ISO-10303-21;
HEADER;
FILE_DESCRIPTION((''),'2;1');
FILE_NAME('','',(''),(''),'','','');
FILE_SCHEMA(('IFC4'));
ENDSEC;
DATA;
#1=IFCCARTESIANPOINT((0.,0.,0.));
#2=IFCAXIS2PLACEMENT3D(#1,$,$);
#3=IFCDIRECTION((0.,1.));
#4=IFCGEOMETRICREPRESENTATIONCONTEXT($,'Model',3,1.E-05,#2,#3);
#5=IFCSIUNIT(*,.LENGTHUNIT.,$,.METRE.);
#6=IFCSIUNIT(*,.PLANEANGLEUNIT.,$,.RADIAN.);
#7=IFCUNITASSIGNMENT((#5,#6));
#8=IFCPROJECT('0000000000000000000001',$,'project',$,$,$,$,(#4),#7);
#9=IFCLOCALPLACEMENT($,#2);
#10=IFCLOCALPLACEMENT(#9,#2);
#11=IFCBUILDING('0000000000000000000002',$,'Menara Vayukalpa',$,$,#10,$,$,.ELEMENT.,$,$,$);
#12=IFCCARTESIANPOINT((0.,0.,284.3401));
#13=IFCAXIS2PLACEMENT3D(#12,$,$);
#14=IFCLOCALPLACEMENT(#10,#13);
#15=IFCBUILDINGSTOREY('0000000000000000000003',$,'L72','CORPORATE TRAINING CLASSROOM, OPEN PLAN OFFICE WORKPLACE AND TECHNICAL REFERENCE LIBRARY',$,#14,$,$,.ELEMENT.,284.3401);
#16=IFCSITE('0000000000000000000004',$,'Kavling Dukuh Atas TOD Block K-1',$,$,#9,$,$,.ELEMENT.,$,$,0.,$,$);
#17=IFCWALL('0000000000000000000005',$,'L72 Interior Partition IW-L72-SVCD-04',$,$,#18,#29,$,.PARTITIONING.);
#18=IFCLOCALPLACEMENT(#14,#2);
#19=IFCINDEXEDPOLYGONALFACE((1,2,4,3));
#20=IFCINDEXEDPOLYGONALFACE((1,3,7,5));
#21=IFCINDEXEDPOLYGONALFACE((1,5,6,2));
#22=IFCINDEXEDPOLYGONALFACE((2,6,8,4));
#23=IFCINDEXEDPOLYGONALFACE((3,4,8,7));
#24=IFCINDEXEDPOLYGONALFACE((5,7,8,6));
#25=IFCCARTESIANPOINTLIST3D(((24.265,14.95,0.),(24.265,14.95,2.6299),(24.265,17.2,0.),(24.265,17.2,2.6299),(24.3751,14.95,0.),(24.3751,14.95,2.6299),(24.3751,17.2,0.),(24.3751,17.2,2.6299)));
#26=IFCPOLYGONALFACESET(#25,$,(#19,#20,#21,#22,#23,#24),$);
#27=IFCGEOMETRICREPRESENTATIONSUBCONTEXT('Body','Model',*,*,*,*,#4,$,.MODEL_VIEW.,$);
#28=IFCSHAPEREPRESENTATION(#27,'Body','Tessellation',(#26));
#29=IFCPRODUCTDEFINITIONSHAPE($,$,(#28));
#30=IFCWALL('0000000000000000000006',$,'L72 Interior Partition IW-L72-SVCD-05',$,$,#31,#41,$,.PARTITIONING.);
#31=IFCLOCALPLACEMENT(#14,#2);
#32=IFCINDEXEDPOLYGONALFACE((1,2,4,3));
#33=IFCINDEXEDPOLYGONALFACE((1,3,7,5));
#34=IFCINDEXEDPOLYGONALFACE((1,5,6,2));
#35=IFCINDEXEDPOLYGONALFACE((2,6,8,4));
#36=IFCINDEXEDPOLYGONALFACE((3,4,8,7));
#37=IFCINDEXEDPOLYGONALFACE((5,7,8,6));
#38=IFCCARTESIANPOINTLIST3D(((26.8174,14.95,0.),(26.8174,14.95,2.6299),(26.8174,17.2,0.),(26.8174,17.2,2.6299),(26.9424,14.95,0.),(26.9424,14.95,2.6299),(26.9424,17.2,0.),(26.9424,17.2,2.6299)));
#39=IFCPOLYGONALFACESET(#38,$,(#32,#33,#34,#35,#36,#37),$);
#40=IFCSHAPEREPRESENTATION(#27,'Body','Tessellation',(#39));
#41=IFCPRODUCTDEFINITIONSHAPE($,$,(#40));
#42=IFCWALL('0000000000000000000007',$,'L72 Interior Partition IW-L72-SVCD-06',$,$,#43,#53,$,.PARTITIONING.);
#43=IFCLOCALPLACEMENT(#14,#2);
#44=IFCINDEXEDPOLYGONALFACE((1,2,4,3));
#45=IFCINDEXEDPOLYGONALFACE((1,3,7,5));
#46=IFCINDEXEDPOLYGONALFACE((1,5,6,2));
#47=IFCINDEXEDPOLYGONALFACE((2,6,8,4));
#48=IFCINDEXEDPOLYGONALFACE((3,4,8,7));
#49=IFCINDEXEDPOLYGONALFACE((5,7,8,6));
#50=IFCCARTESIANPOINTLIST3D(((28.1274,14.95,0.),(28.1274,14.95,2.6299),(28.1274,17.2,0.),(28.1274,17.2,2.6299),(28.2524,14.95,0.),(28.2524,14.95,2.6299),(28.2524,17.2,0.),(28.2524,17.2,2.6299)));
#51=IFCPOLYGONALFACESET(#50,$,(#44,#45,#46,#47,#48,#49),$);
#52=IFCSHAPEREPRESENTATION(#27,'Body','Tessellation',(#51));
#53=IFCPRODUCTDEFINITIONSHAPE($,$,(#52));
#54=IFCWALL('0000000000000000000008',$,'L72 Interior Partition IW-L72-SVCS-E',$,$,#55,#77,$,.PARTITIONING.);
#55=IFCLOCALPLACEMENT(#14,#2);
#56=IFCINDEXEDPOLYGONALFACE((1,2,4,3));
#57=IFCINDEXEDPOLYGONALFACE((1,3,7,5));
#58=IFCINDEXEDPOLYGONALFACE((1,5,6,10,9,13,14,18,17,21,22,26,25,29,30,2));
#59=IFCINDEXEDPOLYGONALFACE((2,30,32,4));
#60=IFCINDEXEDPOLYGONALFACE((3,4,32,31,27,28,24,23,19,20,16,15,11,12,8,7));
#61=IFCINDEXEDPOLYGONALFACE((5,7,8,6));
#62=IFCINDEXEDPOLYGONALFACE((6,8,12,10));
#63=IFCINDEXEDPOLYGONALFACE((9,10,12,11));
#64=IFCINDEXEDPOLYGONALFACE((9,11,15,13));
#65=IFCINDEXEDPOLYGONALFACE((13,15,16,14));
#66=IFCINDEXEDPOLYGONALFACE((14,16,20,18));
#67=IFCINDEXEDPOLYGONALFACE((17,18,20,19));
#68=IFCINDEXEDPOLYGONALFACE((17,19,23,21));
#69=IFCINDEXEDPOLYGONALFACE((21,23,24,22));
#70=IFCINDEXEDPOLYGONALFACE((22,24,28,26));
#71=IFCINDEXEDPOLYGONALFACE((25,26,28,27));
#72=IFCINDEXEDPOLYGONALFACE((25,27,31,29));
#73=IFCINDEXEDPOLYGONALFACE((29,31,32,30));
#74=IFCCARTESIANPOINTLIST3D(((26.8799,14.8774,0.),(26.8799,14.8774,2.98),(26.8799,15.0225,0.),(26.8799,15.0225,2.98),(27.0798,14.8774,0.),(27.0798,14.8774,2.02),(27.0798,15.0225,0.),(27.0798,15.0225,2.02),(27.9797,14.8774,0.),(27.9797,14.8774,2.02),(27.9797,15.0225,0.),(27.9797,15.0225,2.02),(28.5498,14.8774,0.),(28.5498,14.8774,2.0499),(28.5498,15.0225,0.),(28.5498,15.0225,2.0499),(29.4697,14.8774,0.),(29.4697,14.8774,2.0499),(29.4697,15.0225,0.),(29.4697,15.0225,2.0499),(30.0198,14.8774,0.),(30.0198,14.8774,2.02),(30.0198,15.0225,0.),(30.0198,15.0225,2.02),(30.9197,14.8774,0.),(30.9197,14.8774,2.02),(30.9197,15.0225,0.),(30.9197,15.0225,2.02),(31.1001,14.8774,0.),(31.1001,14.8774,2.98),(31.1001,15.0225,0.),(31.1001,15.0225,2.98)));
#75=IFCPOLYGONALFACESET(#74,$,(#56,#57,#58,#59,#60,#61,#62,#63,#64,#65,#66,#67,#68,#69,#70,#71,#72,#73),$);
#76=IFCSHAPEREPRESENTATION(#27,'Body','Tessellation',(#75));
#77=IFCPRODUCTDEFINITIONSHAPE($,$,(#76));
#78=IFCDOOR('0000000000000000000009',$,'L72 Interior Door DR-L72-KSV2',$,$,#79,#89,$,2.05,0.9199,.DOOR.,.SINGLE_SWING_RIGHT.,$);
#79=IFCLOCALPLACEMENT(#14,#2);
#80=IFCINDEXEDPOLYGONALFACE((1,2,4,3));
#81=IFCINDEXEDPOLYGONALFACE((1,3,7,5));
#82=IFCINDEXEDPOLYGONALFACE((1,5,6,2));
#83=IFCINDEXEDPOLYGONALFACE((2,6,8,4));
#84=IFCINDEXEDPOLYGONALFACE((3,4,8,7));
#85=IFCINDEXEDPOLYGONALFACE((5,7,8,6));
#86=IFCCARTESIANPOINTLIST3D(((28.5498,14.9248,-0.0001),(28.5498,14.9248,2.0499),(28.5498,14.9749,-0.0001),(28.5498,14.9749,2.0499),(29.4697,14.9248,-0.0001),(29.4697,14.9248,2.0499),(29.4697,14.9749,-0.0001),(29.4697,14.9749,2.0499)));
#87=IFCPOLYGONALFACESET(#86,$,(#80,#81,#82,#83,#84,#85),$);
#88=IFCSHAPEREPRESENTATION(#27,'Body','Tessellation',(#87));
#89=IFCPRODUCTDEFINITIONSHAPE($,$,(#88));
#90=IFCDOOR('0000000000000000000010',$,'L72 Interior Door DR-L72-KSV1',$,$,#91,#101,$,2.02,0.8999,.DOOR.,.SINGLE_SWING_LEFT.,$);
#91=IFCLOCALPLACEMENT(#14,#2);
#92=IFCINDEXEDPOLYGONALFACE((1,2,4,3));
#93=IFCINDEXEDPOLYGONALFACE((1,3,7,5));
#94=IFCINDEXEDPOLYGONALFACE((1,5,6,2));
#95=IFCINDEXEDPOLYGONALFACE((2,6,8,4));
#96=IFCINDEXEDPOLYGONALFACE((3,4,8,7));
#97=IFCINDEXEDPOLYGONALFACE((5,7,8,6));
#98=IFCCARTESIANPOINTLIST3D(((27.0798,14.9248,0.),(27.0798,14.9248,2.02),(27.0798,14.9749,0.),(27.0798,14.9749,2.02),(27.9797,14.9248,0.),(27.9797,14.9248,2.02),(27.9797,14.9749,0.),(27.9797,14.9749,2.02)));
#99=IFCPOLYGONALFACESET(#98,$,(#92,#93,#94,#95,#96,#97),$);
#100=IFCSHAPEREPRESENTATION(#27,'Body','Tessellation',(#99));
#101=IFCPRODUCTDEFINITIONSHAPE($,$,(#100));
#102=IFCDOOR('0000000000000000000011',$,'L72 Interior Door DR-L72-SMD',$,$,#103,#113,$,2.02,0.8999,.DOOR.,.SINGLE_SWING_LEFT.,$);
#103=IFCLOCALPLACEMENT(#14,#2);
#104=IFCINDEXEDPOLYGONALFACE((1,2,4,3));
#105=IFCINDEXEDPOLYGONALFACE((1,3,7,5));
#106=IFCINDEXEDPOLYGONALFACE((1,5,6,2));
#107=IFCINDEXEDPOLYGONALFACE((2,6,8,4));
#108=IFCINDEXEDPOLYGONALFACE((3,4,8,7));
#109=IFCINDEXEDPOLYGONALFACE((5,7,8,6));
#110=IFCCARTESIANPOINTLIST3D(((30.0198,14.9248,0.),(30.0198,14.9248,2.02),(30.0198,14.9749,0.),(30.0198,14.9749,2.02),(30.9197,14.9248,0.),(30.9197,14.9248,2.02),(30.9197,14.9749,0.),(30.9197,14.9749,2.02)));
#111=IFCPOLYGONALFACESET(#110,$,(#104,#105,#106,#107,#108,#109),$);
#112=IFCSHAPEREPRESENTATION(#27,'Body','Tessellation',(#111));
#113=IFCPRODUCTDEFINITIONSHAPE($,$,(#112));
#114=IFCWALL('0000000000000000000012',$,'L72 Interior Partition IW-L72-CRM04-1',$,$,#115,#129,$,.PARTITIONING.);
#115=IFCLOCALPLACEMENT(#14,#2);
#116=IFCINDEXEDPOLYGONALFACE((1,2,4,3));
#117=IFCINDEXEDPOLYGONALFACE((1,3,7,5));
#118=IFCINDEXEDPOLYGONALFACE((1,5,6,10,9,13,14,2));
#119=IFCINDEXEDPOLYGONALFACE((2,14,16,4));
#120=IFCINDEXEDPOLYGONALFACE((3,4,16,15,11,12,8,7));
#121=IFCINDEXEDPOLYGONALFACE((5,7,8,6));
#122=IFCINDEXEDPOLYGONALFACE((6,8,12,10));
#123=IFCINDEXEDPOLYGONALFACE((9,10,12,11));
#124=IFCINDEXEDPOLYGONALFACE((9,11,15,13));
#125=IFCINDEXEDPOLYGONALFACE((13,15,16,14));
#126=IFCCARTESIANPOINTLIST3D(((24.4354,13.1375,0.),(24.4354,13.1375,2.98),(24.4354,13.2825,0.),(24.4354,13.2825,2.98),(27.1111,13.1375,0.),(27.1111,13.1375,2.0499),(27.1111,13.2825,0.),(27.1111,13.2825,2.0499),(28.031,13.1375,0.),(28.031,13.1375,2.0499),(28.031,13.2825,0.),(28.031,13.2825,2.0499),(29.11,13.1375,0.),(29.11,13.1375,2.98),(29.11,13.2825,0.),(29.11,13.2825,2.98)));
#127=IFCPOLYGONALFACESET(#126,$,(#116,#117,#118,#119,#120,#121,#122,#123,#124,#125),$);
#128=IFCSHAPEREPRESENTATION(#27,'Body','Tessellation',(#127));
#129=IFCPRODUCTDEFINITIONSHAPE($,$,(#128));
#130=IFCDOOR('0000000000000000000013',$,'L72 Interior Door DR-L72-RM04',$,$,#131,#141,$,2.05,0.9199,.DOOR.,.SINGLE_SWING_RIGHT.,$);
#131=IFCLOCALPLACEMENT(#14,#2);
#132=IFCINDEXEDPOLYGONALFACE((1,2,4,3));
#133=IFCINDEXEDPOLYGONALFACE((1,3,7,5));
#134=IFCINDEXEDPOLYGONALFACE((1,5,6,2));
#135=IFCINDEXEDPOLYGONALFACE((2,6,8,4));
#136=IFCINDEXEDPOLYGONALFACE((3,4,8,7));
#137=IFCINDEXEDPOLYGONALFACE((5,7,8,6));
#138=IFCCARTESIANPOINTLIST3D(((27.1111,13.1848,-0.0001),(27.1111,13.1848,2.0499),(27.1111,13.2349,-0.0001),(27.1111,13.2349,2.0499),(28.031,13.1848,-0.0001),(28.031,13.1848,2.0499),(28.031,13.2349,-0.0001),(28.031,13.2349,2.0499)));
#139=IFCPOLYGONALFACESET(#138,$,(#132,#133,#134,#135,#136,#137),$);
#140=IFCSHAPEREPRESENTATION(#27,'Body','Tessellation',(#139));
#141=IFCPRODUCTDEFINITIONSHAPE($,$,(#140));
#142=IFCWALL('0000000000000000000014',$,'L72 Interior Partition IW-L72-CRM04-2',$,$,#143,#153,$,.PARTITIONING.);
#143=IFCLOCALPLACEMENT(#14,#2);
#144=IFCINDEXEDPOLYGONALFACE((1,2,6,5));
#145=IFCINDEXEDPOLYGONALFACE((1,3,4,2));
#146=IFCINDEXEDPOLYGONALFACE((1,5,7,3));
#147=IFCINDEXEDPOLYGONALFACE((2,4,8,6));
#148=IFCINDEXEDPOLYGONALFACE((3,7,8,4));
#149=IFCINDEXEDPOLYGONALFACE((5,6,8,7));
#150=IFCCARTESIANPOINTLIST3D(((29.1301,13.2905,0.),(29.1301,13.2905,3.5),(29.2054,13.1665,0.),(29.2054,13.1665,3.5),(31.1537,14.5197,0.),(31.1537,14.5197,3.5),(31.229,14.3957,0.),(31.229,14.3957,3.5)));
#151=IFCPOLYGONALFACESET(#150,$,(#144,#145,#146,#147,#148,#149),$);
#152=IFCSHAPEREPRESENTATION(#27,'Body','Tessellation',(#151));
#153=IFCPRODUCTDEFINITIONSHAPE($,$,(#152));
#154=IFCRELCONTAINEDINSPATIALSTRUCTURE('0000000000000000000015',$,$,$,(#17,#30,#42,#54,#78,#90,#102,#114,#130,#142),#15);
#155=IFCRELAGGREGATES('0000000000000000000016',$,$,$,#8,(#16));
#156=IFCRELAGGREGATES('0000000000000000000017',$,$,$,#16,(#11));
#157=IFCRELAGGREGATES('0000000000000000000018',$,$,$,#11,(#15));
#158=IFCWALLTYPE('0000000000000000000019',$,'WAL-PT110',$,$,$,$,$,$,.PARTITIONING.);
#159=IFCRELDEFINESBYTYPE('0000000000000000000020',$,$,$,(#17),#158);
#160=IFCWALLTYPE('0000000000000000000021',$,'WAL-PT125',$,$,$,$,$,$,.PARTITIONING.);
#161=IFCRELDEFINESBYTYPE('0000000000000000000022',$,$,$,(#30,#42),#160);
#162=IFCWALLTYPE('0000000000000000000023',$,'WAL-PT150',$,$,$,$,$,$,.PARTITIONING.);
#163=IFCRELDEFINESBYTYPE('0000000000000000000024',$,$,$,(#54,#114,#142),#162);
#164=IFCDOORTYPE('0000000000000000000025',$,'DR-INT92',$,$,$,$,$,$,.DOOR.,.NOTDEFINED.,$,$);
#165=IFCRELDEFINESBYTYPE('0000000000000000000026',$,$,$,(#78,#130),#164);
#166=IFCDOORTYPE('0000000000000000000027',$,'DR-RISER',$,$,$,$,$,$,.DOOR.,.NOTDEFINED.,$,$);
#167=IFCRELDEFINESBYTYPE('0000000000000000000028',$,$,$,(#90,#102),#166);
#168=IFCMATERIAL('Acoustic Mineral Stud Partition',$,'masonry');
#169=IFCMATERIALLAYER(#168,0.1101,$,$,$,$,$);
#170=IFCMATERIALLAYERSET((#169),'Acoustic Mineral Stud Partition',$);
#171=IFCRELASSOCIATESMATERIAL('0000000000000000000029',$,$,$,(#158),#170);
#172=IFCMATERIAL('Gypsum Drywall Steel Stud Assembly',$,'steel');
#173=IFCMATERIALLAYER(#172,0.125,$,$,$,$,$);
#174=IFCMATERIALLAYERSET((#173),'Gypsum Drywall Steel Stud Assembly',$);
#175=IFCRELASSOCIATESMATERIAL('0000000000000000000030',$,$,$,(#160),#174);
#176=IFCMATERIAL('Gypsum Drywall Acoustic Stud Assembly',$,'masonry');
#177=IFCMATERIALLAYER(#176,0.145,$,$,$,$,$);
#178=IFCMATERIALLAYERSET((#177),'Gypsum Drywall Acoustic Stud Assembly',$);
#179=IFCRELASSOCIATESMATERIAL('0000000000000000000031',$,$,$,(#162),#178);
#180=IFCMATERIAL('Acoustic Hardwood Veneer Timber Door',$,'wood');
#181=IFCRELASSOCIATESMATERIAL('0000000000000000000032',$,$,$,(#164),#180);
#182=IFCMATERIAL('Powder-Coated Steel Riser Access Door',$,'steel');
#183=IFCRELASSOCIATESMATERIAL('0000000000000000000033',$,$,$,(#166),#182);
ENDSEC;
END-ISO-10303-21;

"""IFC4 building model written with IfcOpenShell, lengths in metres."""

from ifc_helpers import new_model, si_unit, direction, frame, frame_2d, origin, place, context, subcontext, project, spatial, rectangle, extrude, material, layer, layer_set, type_object, element, fill, save


model = new_model("IFC4")

# Units and contexts
model_context = context("Model", 3, precision=1e-05, world=origin(), true_north=direction((0.0, 1.0)))
body_context = subcontext(model_context, "Body", "Model", "MODEL_VIEW")
ifc_project = project(units=[si_unit("LENGTHUNIT", "METRE"), si_unit("PLANEANGLEUNIT", "RADIAN")], contexts=[model_context])

# Site, building, storey
site_placement = place(None, origin())
site = spatial("IfcSite", under=ifc_project, at=site_placement, Name="Kavling Dukuh Atas TOD Block K-1", CompositionType="ELEMENT", RefElevation=0.0)
building_placement = place(site_placement, origin())
building = spatial("IfcBuilding", under=site, at=building_placement, Name="Menara Vayukalpa", CompositionType="ELEMENT")
storey_placement = place(building_placement, frame((0.0, 0.0, 284.3401)))
storey = spatial("IfcBuildingStorey", under=building, at=storey_placement, Name="L72", Description="CORPORATE TRAINING CLASSROOM, OPEN PLAN OFFICE WORKPLACE AND TECHNICAL REFERENCE LIBRARY", CompositionType="ELEMENT", Elevation=284.3401)

# Walls
ifc_material_1 = material(Name="Acoustic Mineral Stud Partition", Category="masonry")
ifc_layer_1 = layer(ifc_material_1, 0.1101)
ifc_layer_set_1 = layer_set([ifc_layer_1], Name="Acoustic Mineral Stud Partition")
wall_type_1 = type_object("IfcWallType", Name="WAL-PT110", PredefinedType="PARTITIONING", material=ifc_layer_set_1)
wall_1_placement = place(storey_placement, frame((24.3201, 14.95, 0.0), z_axis=(0.0, 0.0, 1.0), x_axis=(0.0, 1.0, 0.0)))
element("IfcWall", 1, at=wall_1_placement, inside=storey, type_object=wall_type_1, Name="L72 Interior Partition IW-L72-SVCD-04", PredefinedType="PARTITIONING", context=body_context, shape_type="SweptSolid", body=[
    extrude(rectangle(XDim=2.25, YDim=0.1101, at=frame_2d((1.125, 0.0))), origin(), (0.0, 0.0, 1.0), 2.6299),
])
ifc_material_2 = material(Name="Gypsum Drywall Steel Stud Assembly", Category="steel")
ifc_layer_2 = layer(ifc_material_2, 0.125)
ifc_layer_set_2 = layer_set([ifc_layer_2], Name="Gypsum Drywall Steel Stud Assembly")
wall_type_2 = type_object("IfcWallType", Name="WAL-PT125", PredefinedType="PARTITIONING", material=ifc_layer_set_2)
for number, where, z_axis, x_axis, name in (
    (2, (26.8799, 14.95, 0.0), (0.0, 0.0, 1.0), (0.0, 1.0, 0.0), "L72 Interior Partition IW-L72-SVCD-05"),
    (3, (28.1899, 14.95, 0.0), (0.0, 0.0, 1.0), (0.0, 1.0, 0.0), "L72 Interior Partition IW-L72-SVCD-06"),
):
    element("IfcWall", number, at=place(storey_placement, frame(where, z_axis=z_axis, x_axis=x_axis)), inside=storey, type_object=wall_type_2, Name=name, PredefinedType="PARTITIONING", context=body_context, shape_type="SweptSolid", body=[
        extrude(rectangle(XDim=2.25, YDim=0.125, at=frame_2d((1.125, 0.0))), origin(), (0.0, 0.0, 1.0), 2.6299),
    ])

# Wall, openings, doors
ifc_material_3 = material(Name="Gypsum Drywall Acoustic Stud Assembly", Category="masonry")
ifc_layer_3 = layer(ifc_material_3, 0.145)
ifc_layer_set_3 = layer_set([ifc_layer_3], Name="Gypsum Drywall Acoustic Stud Assembly")
wall_type_3 = type_object("IfcWallType", Name="WAL-PT150", PredefinedType="PARTITIONING", material=ifc_layer_set_3)
wall_2_placement = place(storey_placement, frame((26.8799, 14.95, 0.0), z_axis=(0.0, 0.0, 1.0), x_axis=(1.0, 0.0, 0.0)))
wall_2 = element("IfcWall", 4, at=wall_2_placement, inside=storey, type_object=wall_type_3, Name="L72 Interior Partition IW-L72-SVCS-E", PredefinedType="PARTITIONING", context=body_context, shape_type="SweptSolid", body=[
    extrude(rectangle(XDim=4.2202, YDim=0.145, at=frame_2d((2.1101, 0.0))), origin(), (0.0, 0.0, 1.0), 2.98),
])
opening_1_placement = place(wall_2_placement, frame((0.2, 0.0, 0.0)))
opening_1 = element("IfcOpeningElement", 5, at=opening_1_placement, cuts=wall_2, PredefinedType="OPENING", context=body_context, shape_type="SweptSolid", body=[
    extrude(rectangle(XDim=0.8999, YDim=2.02, at=frame_2d((0.45, 1.01))), frame((0.0, 0.0825, 0.0), z_axis=(0.0, -1.0, 0.0), x_axis=(1.0, 0.0, 0.0)), (0.0, 0.0, 1.0), 0.165),
])
opening_2_placement = place(wall_2_placement, frame((1.6699, 0.0, 0.0)))
opening_2 = element("IfcOpeningElement", 6, at=opening_2_placement, cuts=wall_2, PredefinedType="OPENING", context=body_context, shape_type="SweptSolid", body=[
    extrude(rectangle(XDim=0.9199, YDim=2.05, at=frame_2d((0.46, 1.0249))), frame((0.0, 0.0825, 0.0), z_axis=(0.0, -1.0, 0.0), x_axis=(1.0, 0.0, 0.0)), (0.0, 0.0, 1.0), 0.165),
])
opening_3_placement = place(wall_2_placement, frame((3.1399, 0.0, 0.0)))
opening_3 = element("IfcOpeningElement", 7, at=opening_3_placement, cuts=wall_2, PredefinedType="OPENING", context=body_context, shape_type="SweptSolid", body=[
    extrude(rectangle(XDim=0.8999, YDim=2.02, at=frame_2d((0.45, 1.01))), frame((0.0, 0.0825, 0.0), z_axis=(0.0, -1.0, 0.0), x_axis=(1.0, 0.0, 0.0)), (0.0, 0.0, 1.0), 0.165),
])
ifc_material_4 = material(Name="Acoustic Hardwood Veneer Timber Door", Category="wood")
door_type_1 = type_object("IfcDoorType", Name="DR-INT92", OperationType="NOTDEFINED", PredefinedType="DOOR", material=ifc_material_4)
door_1_placement = place(opening_2_placement, origin())
door_1 = element("IfcDoor", 8, at=door_1_placement, inside=storey, type_object=door_type_1, Name="L72 Interior Door DR-L72-KSV2", OperationType="SINGLE_SWING_RIGHT", OverallHeight=2.05, OverallWidth=0.9199, PredefinedType="DOOR", context=body_context, shape_type="SweptSolid", body=[
    extrude(rectangle(XDim=0.9199, YDim=2.05, at=frame_2d((0.46, 1.0249))), frame((0.0, 0.0249, 0.0), z_axis=(0.0, -1.0, 0.0), x_axis=(1.0, 0.0, 0.0)), (0.0, 0.0, 1.0), 0.05),
])
fill(opening_2, door_1)
ifc_material_5 = material(Name="Powder-Coated Steel Riser Access Door", Category="steel")
door_type_2 = type_object("IfcDoorType", Name="DR-RISER", OperationType="NOTDEFINED", PredefinedType="DOOR", material=ifc_material_5)
door_2_placement = place(opening_1_placement, origin())
door_2 = element("IfcDoor", 9, at=door_2_placement, inside=storey, type_object=door_type_2, Name="L72 Interior Door DR-L72-KSV1", OperationType="SINGLE_SWING_LEFT", OverallHeight=2.02, OverallWidth=0.8999, PredefinedType="DOOR", context=body_context, shape_type="SweptSolid", body=[
    extrude(rectangle(XDim=0.8999, YDim=2.02, at=frame_2d((0.45, 1.01))), frame((0.0, 0.0249, 0.0), z_axis=(0.0, -1.0, 0.0), x_axis=(1.0, 0.0, 0.0)), (0.0, 0.0, 1.0), 0.05),
])
fill(opening_1, door_2)
door_3_placement = place(opening_3_placement, origin())
door_3 = element("IfcDoor", 10, at=door_3_placement, inside=storey, type_object=door_type_2, Name="L72 Interior Door DR-L72-SMD", OperationType="SINGLE_SWING_LEFT", OverallHeight=2.02, OverallWidth=0.8999, PredefinedType="DOOR", context=body_context, shape_type="SweptSolid", body=[
    extrude(rectangle(XDim=0.8999, YDim=2.02, at=frame_2d((0.45, 1.01))), frame((0.0, 0.0249, 0.0), z_axis=(0.0, -1.0, 0.0), x_axis=(1.0, 0.0, 0.0)), (0.0, 0.0, 1.0), 0.05),
])
fill(opening_3, door_3)

# Wall, opening, door
wall_3_placement = place(storey_placement, frame((24.4353, 13.21, 0.0), z_axis=(0.0, 0.0, 1.0), x_axis=(1.0, 0.0, 0.0)))
wall_3 = element("IfcWall", 11, at=wall_3_placement, inside=storey, type_object=wall_type_3, Name="L72 Interior Partition IW-L72-CRM04-1", PredefinedType="PARTITIONING", context=body_context, shape_type="SweptSolid", body=[
    extrude(rectangle(XDim=4.6746, YDim=0.145, at=frame_2d((2.3374, 0.0))), origin(), (0.0, 0.0, 1.0), 2.98),
])
opening_4_placement = place(wall_3_placement, frame((2.6758, 0.0, 0.0)))
opening_4 = element("IfcOpeningElement", 12, at=opening_4_placement, cuts=wall_3, PredefinedType="OPENING", context=body_context, shape_type="SweptSolid", body=[
    extrude(rectangle(XDim=0.9199, YDim=2.05, at=frame_2d((0.46, 1.0249))), frame((0.0, 0.0825, 0.0), z_axis=(0.0, -1.0, 0.0), x_axis=(1.0, 0.0, 0.0)), (0.0, 0.0, 1.0), 0.165),
])
door_4_placement = place(opening_4_placement, origin())
door_4 = element("IfcDoor", 13, at=door_4_placement, inside=storey, type_object=door_type_1, Name="L72 Interior Door DR-L72-RM04", OperationType="SINGLE_SWING_RIGHT", OverallHeight=2.05, OverallWidth=0.9199, PredefinedType="DOOR", context=body_context, shape_type="SweptSolid", body=[
    extrude(rectangle(XDim=0.9199, YDim=2.05, at=frame_2d((0.46, 1.0249))), frame((0.0, 0.0249, 0.0), z_axis=(0.0, -1.0, 0.0), x_axis=(1.0, 0.0, 0.0)), (0.0, 0.0, 1.0), 0.05),
])
fill(opening_4, door_4)

# Wall
wall_4_placement = place(storey_placement, frame((29.1677, 13.2285, 0.0), z_axis=(0.0, 0.0, 1.0), x_axis=(0.854678, 0.519158, 0.0)))
element("IfcWall", 14, at=wall_4_placement, inside=storey, type_object=wall_type_3, Name="L72 Interior Partition IW-L72-CRM04-2", PredefinedType="PARTITIONING", context=body_context, shape_type="SweptSolid", body=[
    extrude(rectangle(XDim=2.3677, YDim=0.145, at=frame_2d((1.1838, 0.0))), origin(), (0.0, 0.0, 1.0), 3.5),
])

save(model, "model.ifc")
